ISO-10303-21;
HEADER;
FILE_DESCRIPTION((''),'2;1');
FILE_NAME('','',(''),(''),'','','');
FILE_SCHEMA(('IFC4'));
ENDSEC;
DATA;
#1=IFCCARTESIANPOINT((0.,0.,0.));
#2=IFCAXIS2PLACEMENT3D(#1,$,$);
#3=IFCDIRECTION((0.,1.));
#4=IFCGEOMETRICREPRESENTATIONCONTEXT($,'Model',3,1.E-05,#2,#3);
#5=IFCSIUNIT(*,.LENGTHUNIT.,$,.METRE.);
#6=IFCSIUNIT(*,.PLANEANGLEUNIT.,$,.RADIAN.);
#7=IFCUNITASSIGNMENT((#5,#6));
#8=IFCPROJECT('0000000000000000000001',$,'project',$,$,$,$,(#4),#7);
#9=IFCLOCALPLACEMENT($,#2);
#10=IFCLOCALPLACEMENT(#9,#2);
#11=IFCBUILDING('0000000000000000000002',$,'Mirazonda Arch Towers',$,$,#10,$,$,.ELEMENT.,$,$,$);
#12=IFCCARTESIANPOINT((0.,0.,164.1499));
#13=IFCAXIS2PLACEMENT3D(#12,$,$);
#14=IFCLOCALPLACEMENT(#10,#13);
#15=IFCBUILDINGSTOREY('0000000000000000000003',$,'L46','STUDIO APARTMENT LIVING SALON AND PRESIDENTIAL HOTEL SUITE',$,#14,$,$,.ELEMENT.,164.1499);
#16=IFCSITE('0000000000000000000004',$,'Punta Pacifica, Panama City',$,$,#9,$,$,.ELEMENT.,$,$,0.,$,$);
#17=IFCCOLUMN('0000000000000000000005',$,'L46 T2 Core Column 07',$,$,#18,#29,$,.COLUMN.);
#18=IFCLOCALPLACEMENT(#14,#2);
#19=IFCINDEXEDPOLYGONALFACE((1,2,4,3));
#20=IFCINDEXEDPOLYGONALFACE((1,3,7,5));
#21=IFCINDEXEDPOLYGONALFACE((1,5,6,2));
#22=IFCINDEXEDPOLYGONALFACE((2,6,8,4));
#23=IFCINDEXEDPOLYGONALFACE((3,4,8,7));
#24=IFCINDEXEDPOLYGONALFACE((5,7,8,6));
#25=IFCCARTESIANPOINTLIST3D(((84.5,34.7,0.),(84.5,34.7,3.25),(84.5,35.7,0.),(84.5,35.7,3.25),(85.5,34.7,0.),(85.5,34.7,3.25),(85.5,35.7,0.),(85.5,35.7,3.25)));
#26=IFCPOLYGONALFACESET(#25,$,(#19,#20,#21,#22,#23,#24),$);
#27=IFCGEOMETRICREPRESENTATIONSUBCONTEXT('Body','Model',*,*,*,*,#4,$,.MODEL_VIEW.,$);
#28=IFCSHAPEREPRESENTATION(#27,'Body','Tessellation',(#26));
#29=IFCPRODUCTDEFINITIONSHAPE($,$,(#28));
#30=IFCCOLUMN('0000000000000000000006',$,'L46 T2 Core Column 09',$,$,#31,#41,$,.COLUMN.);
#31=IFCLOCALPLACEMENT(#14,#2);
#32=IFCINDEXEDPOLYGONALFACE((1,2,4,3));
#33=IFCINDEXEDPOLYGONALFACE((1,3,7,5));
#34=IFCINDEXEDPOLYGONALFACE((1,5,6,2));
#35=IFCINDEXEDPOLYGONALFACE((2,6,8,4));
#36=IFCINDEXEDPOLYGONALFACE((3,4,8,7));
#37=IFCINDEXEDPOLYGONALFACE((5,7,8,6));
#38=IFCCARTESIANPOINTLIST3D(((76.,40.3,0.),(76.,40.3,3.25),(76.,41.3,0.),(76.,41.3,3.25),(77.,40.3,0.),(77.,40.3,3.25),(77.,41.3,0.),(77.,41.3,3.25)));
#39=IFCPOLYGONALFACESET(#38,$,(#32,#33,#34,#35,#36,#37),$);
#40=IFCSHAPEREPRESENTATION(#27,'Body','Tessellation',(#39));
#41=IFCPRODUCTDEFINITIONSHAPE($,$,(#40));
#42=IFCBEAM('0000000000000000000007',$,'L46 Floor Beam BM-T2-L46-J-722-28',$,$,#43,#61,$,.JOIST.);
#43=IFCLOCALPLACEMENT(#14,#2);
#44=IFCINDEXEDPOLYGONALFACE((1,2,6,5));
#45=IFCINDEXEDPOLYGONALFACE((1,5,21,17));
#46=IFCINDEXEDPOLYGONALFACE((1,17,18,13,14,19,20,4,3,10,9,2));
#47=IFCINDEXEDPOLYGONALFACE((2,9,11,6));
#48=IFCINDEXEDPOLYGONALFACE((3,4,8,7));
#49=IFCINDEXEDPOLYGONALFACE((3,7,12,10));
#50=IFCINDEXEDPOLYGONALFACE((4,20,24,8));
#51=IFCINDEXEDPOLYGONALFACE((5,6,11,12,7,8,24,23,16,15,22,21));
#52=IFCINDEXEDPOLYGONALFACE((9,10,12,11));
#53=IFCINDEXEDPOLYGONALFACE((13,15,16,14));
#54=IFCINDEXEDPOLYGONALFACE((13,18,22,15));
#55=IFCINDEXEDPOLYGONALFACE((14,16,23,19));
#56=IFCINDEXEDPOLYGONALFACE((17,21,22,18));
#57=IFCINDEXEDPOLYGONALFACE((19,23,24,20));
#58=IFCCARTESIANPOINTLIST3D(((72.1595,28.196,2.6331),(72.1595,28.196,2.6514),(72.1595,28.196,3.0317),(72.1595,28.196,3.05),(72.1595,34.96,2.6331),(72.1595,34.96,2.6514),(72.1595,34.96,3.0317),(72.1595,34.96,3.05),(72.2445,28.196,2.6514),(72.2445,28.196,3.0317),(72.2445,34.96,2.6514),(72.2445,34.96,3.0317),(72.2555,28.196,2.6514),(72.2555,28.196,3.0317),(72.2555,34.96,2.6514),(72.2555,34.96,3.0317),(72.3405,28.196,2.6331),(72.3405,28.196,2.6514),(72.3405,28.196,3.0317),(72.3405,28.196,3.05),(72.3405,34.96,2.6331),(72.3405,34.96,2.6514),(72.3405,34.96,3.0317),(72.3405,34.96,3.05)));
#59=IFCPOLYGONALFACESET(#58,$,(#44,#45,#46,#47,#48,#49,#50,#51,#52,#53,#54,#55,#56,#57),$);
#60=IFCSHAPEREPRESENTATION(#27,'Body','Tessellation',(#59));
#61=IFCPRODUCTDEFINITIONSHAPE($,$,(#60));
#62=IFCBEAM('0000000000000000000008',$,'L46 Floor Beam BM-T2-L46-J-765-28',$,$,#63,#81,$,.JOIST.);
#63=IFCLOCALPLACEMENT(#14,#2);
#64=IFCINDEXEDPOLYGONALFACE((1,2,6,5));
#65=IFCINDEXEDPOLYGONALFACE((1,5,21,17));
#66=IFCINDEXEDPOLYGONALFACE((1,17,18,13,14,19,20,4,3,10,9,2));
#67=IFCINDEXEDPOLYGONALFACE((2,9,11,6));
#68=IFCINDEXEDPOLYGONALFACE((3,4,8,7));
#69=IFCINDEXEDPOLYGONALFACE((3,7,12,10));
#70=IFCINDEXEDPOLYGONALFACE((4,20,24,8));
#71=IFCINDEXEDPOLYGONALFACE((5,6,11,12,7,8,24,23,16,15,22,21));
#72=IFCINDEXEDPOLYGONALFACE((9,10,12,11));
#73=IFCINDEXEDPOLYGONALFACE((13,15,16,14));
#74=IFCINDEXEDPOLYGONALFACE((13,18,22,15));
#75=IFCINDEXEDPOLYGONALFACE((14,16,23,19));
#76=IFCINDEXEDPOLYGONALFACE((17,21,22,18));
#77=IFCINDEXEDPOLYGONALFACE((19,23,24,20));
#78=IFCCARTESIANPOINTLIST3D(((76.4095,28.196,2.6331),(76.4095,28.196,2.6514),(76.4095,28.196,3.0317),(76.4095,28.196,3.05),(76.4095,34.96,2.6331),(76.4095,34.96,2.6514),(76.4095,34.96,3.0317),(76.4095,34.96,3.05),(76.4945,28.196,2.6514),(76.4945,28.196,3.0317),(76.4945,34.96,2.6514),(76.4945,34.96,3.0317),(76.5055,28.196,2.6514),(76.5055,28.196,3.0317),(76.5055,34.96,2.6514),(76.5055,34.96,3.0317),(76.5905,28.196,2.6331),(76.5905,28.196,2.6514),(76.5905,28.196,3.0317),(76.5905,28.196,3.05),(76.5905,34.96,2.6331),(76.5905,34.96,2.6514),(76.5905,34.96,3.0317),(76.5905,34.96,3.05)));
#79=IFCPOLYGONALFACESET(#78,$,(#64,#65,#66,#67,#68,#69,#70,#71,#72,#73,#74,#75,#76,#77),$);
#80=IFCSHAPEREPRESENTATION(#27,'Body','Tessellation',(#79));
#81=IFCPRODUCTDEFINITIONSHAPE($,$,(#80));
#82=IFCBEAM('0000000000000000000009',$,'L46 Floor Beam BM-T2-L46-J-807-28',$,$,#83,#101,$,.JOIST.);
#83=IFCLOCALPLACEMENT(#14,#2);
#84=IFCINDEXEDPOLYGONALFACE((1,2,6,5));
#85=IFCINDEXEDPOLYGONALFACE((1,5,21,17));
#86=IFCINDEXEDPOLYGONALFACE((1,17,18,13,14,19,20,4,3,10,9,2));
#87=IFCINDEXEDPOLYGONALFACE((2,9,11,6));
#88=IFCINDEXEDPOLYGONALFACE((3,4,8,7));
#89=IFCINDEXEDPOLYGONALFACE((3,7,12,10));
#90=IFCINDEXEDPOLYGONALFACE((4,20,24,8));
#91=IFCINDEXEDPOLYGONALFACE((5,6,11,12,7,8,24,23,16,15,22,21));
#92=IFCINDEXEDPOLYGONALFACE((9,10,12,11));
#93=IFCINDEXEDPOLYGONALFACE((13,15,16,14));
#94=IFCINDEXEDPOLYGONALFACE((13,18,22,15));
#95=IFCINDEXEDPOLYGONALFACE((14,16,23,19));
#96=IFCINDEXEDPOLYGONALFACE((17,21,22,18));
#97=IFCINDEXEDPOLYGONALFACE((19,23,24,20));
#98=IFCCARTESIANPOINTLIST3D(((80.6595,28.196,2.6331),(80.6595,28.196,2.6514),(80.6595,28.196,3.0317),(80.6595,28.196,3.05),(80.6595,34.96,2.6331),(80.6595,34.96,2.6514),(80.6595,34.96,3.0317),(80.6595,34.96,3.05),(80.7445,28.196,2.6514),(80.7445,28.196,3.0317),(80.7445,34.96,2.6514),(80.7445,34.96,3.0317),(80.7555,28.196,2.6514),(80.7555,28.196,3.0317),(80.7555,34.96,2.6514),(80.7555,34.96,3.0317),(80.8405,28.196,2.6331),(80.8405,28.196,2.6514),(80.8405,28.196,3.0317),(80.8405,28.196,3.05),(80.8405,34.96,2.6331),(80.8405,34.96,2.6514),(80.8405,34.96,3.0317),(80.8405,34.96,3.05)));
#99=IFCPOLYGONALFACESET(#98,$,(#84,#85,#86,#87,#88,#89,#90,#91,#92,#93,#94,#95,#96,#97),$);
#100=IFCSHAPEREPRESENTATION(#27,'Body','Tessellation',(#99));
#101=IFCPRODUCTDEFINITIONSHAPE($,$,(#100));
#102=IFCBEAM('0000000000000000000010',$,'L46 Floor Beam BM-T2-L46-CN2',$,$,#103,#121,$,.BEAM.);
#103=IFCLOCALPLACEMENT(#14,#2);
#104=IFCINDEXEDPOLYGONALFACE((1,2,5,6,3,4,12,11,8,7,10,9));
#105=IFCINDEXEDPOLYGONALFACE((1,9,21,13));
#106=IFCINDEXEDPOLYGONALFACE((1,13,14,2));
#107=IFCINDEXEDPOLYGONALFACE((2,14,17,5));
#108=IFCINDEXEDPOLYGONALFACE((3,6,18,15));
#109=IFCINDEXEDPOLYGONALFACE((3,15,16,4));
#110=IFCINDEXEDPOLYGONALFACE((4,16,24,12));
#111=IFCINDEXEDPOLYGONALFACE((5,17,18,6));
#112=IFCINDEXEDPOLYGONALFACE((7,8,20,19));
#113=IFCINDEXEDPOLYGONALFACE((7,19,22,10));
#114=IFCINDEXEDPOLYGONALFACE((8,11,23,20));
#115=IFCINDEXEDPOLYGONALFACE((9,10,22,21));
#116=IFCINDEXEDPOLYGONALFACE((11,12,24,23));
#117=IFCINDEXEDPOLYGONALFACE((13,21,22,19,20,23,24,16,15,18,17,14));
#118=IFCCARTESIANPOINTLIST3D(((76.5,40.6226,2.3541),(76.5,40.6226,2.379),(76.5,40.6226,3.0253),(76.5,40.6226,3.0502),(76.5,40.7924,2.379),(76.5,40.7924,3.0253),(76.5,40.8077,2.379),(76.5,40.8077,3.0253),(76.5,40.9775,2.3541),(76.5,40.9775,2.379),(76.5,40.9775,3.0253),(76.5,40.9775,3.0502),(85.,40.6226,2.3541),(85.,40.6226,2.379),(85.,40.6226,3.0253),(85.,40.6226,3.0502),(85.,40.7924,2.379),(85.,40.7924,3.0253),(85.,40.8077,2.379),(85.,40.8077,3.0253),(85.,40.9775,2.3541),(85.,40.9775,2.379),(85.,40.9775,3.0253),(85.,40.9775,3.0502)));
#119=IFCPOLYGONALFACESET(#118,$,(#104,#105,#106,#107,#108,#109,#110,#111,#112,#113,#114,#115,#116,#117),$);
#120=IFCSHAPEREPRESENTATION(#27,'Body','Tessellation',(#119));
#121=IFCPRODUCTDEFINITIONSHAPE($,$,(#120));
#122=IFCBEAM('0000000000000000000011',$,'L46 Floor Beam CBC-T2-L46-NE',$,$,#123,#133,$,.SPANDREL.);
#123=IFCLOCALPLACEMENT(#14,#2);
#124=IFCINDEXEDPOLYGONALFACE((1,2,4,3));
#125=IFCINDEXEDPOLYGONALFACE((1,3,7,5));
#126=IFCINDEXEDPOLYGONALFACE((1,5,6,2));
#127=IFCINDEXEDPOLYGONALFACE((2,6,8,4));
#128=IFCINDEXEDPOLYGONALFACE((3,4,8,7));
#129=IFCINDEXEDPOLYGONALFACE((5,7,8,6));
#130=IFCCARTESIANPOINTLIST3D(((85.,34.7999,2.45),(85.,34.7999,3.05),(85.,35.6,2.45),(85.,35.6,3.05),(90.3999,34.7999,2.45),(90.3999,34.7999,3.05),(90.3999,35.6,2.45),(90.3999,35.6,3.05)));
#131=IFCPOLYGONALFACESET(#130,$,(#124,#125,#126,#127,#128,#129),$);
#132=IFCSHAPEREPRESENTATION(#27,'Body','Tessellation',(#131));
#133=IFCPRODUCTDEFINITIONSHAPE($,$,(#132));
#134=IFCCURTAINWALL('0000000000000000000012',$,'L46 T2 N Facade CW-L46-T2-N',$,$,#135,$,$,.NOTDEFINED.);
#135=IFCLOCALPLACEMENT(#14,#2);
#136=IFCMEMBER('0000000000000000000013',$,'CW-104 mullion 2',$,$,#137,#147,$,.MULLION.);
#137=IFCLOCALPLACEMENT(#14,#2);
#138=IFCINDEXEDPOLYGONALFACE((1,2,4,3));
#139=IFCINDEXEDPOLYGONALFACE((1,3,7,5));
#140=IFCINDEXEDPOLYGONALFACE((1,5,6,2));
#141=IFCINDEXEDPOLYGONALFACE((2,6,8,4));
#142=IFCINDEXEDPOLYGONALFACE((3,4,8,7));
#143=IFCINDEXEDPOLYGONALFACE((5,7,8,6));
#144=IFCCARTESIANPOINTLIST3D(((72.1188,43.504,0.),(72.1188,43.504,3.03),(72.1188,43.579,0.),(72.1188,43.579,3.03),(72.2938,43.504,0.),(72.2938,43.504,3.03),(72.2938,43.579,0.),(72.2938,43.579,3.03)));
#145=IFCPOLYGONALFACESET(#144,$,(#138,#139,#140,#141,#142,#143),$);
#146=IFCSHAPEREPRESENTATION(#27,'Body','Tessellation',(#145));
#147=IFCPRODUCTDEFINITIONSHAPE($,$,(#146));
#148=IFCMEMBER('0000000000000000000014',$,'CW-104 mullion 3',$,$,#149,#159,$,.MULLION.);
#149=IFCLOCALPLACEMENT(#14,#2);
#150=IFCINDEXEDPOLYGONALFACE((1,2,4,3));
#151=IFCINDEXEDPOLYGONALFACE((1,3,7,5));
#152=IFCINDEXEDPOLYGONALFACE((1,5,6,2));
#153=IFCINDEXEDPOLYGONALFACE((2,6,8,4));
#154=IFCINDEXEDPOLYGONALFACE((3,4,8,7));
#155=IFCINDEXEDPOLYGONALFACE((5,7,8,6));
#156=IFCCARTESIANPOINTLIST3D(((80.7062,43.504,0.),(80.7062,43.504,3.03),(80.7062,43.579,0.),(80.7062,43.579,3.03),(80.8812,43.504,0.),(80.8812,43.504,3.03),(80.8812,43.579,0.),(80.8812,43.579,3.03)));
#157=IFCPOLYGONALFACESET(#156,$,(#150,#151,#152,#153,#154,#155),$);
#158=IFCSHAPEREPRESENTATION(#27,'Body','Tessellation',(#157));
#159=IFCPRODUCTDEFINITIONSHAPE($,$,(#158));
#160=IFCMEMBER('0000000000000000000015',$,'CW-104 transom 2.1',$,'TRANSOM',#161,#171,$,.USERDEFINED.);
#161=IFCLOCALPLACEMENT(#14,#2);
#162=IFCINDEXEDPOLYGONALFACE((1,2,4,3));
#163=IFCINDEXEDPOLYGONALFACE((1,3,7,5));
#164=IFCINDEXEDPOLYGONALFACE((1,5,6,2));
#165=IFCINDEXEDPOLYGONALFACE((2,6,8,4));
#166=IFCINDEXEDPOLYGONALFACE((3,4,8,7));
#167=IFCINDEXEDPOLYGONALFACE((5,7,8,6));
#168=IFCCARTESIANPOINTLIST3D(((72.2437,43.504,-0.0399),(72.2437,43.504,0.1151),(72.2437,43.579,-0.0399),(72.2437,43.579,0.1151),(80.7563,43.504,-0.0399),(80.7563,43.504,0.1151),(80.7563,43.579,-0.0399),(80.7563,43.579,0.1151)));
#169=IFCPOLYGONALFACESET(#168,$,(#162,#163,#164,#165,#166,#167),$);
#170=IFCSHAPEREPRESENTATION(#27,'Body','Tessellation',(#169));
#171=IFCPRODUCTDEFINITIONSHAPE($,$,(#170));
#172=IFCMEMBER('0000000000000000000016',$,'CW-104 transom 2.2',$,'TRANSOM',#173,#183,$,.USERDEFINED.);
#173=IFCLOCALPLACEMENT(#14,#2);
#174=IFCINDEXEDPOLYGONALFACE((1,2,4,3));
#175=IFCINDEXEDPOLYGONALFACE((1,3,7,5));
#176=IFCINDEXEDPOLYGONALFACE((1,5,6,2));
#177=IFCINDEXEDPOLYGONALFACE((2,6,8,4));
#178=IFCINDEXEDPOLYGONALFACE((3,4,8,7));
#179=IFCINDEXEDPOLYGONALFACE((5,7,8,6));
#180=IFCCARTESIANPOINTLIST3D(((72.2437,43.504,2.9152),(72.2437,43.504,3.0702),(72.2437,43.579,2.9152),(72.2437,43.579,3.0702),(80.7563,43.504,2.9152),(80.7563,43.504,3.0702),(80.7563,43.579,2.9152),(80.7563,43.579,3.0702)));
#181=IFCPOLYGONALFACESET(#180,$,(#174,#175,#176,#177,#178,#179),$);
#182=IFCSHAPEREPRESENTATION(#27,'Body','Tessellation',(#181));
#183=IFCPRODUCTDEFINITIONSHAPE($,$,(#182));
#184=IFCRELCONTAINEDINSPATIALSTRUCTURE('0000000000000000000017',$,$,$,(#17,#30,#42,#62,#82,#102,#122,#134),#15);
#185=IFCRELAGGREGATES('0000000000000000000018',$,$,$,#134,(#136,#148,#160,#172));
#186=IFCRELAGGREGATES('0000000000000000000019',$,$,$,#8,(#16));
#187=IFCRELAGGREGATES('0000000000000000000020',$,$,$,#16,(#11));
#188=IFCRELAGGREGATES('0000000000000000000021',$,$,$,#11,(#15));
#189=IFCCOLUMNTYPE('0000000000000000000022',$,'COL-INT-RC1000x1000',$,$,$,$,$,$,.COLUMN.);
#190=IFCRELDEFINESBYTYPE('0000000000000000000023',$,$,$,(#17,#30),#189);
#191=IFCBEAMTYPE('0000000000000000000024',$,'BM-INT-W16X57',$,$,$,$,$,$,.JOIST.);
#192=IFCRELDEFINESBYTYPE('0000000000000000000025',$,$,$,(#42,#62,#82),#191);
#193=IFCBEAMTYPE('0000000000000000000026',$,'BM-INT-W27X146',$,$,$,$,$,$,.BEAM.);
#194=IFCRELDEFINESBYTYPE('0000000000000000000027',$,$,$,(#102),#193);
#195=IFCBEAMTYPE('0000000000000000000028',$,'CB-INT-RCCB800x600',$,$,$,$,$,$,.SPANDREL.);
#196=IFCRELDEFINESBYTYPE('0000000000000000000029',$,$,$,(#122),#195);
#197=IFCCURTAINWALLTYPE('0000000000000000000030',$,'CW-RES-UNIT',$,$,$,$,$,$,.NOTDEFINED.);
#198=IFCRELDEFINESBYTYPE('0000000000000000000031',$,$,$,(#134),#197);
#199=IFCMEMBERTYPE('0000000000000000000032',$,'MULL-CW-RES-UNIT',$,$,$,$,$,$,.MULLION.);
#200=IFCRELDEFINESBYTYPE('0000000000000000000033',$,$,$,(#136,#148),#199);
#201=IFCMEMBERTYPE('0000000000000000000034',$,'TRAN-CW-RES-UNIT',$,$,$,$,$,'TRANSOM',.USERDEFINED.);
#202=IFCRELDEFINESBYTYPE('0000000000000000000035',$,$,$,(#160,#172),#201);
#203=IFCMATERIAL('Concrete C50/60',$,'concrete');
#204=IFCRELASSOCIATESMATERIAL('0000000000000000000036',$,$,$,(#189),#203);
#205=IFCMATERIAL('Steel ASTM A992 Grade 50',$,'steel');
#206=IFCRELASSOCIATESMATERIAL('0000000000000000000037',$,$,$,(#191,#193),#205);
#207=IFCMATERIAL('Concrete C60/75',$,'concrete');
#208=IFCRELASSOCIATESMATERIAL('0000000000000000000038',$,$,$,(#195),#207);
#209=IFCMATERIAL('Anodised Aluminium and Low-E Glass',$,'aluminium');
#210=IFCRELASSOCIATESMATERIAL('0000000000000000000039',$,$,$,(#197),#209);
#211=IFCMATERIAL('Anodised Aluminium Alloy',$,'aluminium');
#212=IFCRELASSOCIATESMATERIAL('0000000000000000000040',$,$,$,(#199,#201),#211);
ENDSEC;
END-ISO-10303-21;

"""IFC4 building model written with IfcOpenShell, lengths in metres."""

from ifc_helpers import new_model, si_unit, direction, frame, origin, origin_2d, place, context, subcontext, project, spatial, rectangle, i_section, extrude, material, material_profile, profile_set, type_object, element, aggregate, save


model = new_model("IFC4")

# Units and contexts
model_context = context("Model", 3, precision=1e-05, world=origin(), true_north=direction((0.0, 1.0)))
body_context = subcontext(model_context, "Body", "Model", "MODEL_VIEW")
ifc_project = project(units=[si_unit("LENGTHUNIT", "METRE"), si_unit("PLANEANGLEUNIT", "RADIAN")], contexts=[model_context])

# Site, building, storey
site_placement = place(None, origin())
site = spatial("IfcSite", under=ifc_project, at=site_placement, Name="Punta Pacifica, Panama City", CompositionType="ELEMENT", RefElevation=0.0)
building_placement = place(site_placement, origin())
building = spatial("IfcBuilding", under=site, at=building_placement, Name="Mirazonda Arch Towers", CompositionType="ELEMENT")
storey_placement = place(building_placement, frame((0.0, 0.0, 164.1499)))
storey = spatial("IfcBuildingStorey", under=building, at=storey_placement, Name="L46", Description="STUDIO APARTMENT LIVING SALON AND PRESIDENTIAL HOTEL SUITE", CompositionType="ELEMENT", Elevation=164.1499)

# Columns
ifc_material_1 = material(Name="Concrete C50/60", Category="concrete")
ifc_material_profile_1 = material_profile(ifc_material_1, rectangle(XDim=1.0, YDim=1.0, at=origin_2d()), Name="RC1000x1000")
ifc_profile_set_1 = profile_set([ifc_material_profile_1], Name="Concrete C50/60")
column_type = type_object("IfcColumnType", Name="COL-INT-RC1000x1000", PredefinedType="COLUMN", material=ifc_profile_set_1)
for number, where, z_axis, x_axis, name in (
    (1, (85.0, 35.2, 0.0), (0.0, 0.0, 1.0), (1.0, 0.0, 0.0), "L46 T2 Core Column 07"),
    (2, (76.5, 40.8, 0.0), (0.0, 0.0, 1.0), (1.0, 0.0, 0.0), "L46 T2 Core Column 09"),
):
    element("IfcColumn", number, at=place(storey_placement, frame(where, z_axis=z_axis, x_axis=x_axis)), inside=storey, type_object=column_type, Name=name, PredefinedType="COLUMN", context=body_context, shape_type="SweptSolid", body=[
        extrude(rectangle(XDim=1.0, YDim=1.0, at=origin_2d()), origin(), (0.0, 0.0, 1.0), 3.25),
    ])

# Beams
ifc_material_2 = material(Name="Steel ASTM A992 Grade 50", Category="steel")
ifc_material_profile_2 = material_profile(ifc_material_2, i_section(OverallWidth=0.1809, OverallDepth=0.417, WebThickness=0.011, FlangeThickness=0.0183, at=origin_2d()), Name="W16X57")
ifc_profile_set_2 = profile_set([ifc_material_profile_2], Name="Steel ASTM A992 Grade 50")
beam_type_1 = type_object("IfcBeamType", Name="BM-INT-W16X57", PredefinedType="JOIST", material=ifc_profile_set_2)
for number, where, z_axis, x_axis, name in (
    (3, (72.25, 28.196, 2.8416), (0.0, 1.0, 0.0), (-1.0, 0.0, 0.0), "L46 Floor Beam BM-T2-L46-J-722-28"),
    (4, (76.5, 28.196, 2.8416), (0.0, 1.0, 0.0), (-1.0, 0.0, 0.0), "L46 Floor Beam BM-T2-L46-J-765-28"),
    (5, (80.75, 28.196, 2.8416), (0.0, 1.0, 0.0), (-1.0, 0.0, 0.0), "L46 Floor Beam BM-T2-L46-J-807-28"),
):
    element("IfcBeam", number, at=place(storey_placement, frame(where, z_axis=z_axis, x_axis=x_axis)), inside=storey, type_object=beam_type_1, Name=name, PredefinedType="JOIST", context=body_context, shape_type="SweptSolid", body=[
        extrude(i_section(OverallWidth=0.1809, OverallDepth=0.417, WebThickness=0.011, FlangeThickness=0.0183, at=origin_2d()), origin(), (0.0, 0.0, 1.0), 6.7639),
    ])
ifc_material_profile_3 = material_profile(ifc_material_2, i_section(OverallWidth=0.355, OverallDepth=0.696, WebThickness=0.0154, FlangeThickness=0.0249, at=origin_2d()), Name="W27X146")
ifc_profile_set_3 = profile_set([ifc_material_profile_3], Name="Steel ASTM A992 Grade 50")
beam_type_2 = type_object("IfcBeamType", Name="BM-INT-W27X146", PredefinedType="BEAM", material=ifc_profile_set_3)
beam_1_placement = place(storey_placement, frame((76.5, 40.8, 2.7021), z_axis=(1.0, 0.0, 0.0), x_axis=(0.0, 1.0, 0.0)))
element("IfcBeam", 6, at=beam_1_placement, inside=storey, type_object=beam_type_2, Name="L46 Floor Beam BM-T2-L46-CN2", PredefinedType="BEAM", context=body_context, shape_type="SweptSolid", body=[
    extrude(i_section(OverallWidth=0.355, OverallDepth=0.696, WebThickness=0.0154, FlangeThickness=0.0249, at=origin_2d()), origin(), (0.0, 0.0, 1.0), 8.5),
])
ifc_material_3 = material(Name="Concrete C60/75", Category="concrete")
ifc_material_profile_4 = material_profile(ifc_material_3, rectangle(XDim=0.8, YDim=0.6001, at=origin_2d()), Name="RCCB800x600")
ifc_profile_set_4 = profile_set([ifc_material_profile_4], Name="Concrete C60/75")
beam_type_3 = type_object("IfcBeamType", Name="CB-INT-RCCB800x600", PredefinedType="SPANDREL", material=ifc_profile_set_4)
beam_2_placement = place(storey_placement, frame((85.0, 35.2, 2.75), z_axis=(1.0, 0.0, 0.0), x_axis=(0.0, 1.0, 0.0)))
element("IfcBeam", 7, at=beam_2_placement, inside=storey, type_object=beam_type_3, Name="L46 Floor Beam CBC-T2-L46-NE", PredefinedType="SPANDREL", context=body_context, shape_type="SweptSolid", body=[
    extrude(rectangle(XDim=0.8, YDim=0.6001, at=origin_2d()), origin(), (0.0, 0.0, 1.0), 5.3999),
])

# Curtain wall, members
ifc_material_4 = material(Name="Anodised Aluminium and Low-E Glass", Category="aluminium")
curtain_wall_type = type_object("IfcCurtainWallType", Name="CW-RES-UNIT", PredefinedType="NOTDEFINED", material=ifc_material_4)
curtain_wall_placement = place(storey_placement, origin())
curtain_wall = element("IfcCurtainWall", 8, at=curtain_wall_placement, inside=storey, type_object=curtain_wall_type, Name="L46 T2 N Facade CW-L46-T2-N", PredefinedType="NOTDEFINED")
ifc_material_5 = material(Name="Anodised Aluminium Alloy", Category="aluminium")
ifc_material_profile_5 = material_profile(ifc_material_5, rectangle(XDim=0.075, YDim=0.175, at=origin_2d()), Name="ALU-MULL-75x175")
ifc_profile_set_5 = profile_set([ifc_material_profile_5], Name="Anodised Aluminium Alloy")
member_type_1 = type_object("IfcMemberType", Name="MULL-CW-RES-UNIT", PredefinedType="MULLION", material=ifc_profile_set_5)
member_1_placement = place(storey_placement, frame((72.2063, 43.5415, 0.0), z_axis=(0.0, 0.0, 1.0), x_axis=(0.0, 1.0, 0.0)))
member_1 = element("IfcMember", 9, at=member_1_placement, type_object=member_type_1, Name="CW-104 mullion 2", PredefinedType="MULLION", context=body_context, shape_type="SweptSolid", body=[
    extrude(rectangle(XDim=0.075, YDim=0.175, at=origin_2d()), origin(), (0.0, 0.0, 1.0), 3.03),
])
member_2_placement = place(storey_placement, frame((80.7937, 43.5415, 0.0), z_axis=(0.0, 0.0, 1.0), x_axis=(0.0, 1.0, 0.0)))
member_2 = element("IfcMember", 10, at=member_2_placement, type_object=member_type_1, Name="CW-104 mullion 3", PredefinedType="MULLION", context=body_context, shape_type="SweptSolid", body=[
    extrude(rectangle(XDim=0.075, YDim=0.175, at=origin_2d()), origin(), (0.0, 0.0, 1.0), 3.03),
])
ifc_material_profile_6 = material_profile(ifc_material_5, rectangle(XDim=0.075, YDim=0.155, at=origin_2d()), Name="ALU-TRAN-75x155")
ifc_profile_set_6 = profile_set([ifc_material_profile_6], Name="Anodised Aluminium Alloy")
member_type_2 = type_object("IfcMemberType", Name="TRAN-CW-RES-UNIT", ElementType="TRANSOM", PredefinedType="USERDEFINED", material=ifc_profile_set_6)
member_3_placement = place(storey_placement, frame((72.2437, 43.5415, 0.0376), z_axis=(1.0, 0.0, 0.0), x_axis=(0.0, 1.0, 0.0)))
member_3 = element("IfcMember", 11, at=member_3_placement, type_object=member_type_2, Name="CW-104 transom 2.1", ObjectType="TRANSOM", PredefinedType="USERDEFINED", context=body_context, shape_type="SweptSolid", body=[
    extrude(rectangle(XDim=0.075, YDim=0.155, at=origin_2d()), origin(), (0.0, 0.0, 1.0), 8.5127),
])
member_4_placement = place(storey_placement, frame((72.2437, 43.5415, 2.9927), z_axis=(1.0, 0.0, 0.0), x_axis=(0.0, 1.0, 0.0)))
member_4 = element("IfcMember", 12, at=member_4_placement, type_object=member_type_2, Name="CW-104 transom 2.2", ObjectType="TRANSOM", PredefinedType="USERDEFINED", context=body_context, shape_type="SweptSolid", body=[
    extrude(rectangle(XDim=0.075, YDim=0.155, at=origin_2d()), origin(), (0.0, 0.0, 1.0), 8.5127),
])
aggregate(curtain_wall, [member_1, member_2, member_3, member_4])

save(model, "model.ifc")
